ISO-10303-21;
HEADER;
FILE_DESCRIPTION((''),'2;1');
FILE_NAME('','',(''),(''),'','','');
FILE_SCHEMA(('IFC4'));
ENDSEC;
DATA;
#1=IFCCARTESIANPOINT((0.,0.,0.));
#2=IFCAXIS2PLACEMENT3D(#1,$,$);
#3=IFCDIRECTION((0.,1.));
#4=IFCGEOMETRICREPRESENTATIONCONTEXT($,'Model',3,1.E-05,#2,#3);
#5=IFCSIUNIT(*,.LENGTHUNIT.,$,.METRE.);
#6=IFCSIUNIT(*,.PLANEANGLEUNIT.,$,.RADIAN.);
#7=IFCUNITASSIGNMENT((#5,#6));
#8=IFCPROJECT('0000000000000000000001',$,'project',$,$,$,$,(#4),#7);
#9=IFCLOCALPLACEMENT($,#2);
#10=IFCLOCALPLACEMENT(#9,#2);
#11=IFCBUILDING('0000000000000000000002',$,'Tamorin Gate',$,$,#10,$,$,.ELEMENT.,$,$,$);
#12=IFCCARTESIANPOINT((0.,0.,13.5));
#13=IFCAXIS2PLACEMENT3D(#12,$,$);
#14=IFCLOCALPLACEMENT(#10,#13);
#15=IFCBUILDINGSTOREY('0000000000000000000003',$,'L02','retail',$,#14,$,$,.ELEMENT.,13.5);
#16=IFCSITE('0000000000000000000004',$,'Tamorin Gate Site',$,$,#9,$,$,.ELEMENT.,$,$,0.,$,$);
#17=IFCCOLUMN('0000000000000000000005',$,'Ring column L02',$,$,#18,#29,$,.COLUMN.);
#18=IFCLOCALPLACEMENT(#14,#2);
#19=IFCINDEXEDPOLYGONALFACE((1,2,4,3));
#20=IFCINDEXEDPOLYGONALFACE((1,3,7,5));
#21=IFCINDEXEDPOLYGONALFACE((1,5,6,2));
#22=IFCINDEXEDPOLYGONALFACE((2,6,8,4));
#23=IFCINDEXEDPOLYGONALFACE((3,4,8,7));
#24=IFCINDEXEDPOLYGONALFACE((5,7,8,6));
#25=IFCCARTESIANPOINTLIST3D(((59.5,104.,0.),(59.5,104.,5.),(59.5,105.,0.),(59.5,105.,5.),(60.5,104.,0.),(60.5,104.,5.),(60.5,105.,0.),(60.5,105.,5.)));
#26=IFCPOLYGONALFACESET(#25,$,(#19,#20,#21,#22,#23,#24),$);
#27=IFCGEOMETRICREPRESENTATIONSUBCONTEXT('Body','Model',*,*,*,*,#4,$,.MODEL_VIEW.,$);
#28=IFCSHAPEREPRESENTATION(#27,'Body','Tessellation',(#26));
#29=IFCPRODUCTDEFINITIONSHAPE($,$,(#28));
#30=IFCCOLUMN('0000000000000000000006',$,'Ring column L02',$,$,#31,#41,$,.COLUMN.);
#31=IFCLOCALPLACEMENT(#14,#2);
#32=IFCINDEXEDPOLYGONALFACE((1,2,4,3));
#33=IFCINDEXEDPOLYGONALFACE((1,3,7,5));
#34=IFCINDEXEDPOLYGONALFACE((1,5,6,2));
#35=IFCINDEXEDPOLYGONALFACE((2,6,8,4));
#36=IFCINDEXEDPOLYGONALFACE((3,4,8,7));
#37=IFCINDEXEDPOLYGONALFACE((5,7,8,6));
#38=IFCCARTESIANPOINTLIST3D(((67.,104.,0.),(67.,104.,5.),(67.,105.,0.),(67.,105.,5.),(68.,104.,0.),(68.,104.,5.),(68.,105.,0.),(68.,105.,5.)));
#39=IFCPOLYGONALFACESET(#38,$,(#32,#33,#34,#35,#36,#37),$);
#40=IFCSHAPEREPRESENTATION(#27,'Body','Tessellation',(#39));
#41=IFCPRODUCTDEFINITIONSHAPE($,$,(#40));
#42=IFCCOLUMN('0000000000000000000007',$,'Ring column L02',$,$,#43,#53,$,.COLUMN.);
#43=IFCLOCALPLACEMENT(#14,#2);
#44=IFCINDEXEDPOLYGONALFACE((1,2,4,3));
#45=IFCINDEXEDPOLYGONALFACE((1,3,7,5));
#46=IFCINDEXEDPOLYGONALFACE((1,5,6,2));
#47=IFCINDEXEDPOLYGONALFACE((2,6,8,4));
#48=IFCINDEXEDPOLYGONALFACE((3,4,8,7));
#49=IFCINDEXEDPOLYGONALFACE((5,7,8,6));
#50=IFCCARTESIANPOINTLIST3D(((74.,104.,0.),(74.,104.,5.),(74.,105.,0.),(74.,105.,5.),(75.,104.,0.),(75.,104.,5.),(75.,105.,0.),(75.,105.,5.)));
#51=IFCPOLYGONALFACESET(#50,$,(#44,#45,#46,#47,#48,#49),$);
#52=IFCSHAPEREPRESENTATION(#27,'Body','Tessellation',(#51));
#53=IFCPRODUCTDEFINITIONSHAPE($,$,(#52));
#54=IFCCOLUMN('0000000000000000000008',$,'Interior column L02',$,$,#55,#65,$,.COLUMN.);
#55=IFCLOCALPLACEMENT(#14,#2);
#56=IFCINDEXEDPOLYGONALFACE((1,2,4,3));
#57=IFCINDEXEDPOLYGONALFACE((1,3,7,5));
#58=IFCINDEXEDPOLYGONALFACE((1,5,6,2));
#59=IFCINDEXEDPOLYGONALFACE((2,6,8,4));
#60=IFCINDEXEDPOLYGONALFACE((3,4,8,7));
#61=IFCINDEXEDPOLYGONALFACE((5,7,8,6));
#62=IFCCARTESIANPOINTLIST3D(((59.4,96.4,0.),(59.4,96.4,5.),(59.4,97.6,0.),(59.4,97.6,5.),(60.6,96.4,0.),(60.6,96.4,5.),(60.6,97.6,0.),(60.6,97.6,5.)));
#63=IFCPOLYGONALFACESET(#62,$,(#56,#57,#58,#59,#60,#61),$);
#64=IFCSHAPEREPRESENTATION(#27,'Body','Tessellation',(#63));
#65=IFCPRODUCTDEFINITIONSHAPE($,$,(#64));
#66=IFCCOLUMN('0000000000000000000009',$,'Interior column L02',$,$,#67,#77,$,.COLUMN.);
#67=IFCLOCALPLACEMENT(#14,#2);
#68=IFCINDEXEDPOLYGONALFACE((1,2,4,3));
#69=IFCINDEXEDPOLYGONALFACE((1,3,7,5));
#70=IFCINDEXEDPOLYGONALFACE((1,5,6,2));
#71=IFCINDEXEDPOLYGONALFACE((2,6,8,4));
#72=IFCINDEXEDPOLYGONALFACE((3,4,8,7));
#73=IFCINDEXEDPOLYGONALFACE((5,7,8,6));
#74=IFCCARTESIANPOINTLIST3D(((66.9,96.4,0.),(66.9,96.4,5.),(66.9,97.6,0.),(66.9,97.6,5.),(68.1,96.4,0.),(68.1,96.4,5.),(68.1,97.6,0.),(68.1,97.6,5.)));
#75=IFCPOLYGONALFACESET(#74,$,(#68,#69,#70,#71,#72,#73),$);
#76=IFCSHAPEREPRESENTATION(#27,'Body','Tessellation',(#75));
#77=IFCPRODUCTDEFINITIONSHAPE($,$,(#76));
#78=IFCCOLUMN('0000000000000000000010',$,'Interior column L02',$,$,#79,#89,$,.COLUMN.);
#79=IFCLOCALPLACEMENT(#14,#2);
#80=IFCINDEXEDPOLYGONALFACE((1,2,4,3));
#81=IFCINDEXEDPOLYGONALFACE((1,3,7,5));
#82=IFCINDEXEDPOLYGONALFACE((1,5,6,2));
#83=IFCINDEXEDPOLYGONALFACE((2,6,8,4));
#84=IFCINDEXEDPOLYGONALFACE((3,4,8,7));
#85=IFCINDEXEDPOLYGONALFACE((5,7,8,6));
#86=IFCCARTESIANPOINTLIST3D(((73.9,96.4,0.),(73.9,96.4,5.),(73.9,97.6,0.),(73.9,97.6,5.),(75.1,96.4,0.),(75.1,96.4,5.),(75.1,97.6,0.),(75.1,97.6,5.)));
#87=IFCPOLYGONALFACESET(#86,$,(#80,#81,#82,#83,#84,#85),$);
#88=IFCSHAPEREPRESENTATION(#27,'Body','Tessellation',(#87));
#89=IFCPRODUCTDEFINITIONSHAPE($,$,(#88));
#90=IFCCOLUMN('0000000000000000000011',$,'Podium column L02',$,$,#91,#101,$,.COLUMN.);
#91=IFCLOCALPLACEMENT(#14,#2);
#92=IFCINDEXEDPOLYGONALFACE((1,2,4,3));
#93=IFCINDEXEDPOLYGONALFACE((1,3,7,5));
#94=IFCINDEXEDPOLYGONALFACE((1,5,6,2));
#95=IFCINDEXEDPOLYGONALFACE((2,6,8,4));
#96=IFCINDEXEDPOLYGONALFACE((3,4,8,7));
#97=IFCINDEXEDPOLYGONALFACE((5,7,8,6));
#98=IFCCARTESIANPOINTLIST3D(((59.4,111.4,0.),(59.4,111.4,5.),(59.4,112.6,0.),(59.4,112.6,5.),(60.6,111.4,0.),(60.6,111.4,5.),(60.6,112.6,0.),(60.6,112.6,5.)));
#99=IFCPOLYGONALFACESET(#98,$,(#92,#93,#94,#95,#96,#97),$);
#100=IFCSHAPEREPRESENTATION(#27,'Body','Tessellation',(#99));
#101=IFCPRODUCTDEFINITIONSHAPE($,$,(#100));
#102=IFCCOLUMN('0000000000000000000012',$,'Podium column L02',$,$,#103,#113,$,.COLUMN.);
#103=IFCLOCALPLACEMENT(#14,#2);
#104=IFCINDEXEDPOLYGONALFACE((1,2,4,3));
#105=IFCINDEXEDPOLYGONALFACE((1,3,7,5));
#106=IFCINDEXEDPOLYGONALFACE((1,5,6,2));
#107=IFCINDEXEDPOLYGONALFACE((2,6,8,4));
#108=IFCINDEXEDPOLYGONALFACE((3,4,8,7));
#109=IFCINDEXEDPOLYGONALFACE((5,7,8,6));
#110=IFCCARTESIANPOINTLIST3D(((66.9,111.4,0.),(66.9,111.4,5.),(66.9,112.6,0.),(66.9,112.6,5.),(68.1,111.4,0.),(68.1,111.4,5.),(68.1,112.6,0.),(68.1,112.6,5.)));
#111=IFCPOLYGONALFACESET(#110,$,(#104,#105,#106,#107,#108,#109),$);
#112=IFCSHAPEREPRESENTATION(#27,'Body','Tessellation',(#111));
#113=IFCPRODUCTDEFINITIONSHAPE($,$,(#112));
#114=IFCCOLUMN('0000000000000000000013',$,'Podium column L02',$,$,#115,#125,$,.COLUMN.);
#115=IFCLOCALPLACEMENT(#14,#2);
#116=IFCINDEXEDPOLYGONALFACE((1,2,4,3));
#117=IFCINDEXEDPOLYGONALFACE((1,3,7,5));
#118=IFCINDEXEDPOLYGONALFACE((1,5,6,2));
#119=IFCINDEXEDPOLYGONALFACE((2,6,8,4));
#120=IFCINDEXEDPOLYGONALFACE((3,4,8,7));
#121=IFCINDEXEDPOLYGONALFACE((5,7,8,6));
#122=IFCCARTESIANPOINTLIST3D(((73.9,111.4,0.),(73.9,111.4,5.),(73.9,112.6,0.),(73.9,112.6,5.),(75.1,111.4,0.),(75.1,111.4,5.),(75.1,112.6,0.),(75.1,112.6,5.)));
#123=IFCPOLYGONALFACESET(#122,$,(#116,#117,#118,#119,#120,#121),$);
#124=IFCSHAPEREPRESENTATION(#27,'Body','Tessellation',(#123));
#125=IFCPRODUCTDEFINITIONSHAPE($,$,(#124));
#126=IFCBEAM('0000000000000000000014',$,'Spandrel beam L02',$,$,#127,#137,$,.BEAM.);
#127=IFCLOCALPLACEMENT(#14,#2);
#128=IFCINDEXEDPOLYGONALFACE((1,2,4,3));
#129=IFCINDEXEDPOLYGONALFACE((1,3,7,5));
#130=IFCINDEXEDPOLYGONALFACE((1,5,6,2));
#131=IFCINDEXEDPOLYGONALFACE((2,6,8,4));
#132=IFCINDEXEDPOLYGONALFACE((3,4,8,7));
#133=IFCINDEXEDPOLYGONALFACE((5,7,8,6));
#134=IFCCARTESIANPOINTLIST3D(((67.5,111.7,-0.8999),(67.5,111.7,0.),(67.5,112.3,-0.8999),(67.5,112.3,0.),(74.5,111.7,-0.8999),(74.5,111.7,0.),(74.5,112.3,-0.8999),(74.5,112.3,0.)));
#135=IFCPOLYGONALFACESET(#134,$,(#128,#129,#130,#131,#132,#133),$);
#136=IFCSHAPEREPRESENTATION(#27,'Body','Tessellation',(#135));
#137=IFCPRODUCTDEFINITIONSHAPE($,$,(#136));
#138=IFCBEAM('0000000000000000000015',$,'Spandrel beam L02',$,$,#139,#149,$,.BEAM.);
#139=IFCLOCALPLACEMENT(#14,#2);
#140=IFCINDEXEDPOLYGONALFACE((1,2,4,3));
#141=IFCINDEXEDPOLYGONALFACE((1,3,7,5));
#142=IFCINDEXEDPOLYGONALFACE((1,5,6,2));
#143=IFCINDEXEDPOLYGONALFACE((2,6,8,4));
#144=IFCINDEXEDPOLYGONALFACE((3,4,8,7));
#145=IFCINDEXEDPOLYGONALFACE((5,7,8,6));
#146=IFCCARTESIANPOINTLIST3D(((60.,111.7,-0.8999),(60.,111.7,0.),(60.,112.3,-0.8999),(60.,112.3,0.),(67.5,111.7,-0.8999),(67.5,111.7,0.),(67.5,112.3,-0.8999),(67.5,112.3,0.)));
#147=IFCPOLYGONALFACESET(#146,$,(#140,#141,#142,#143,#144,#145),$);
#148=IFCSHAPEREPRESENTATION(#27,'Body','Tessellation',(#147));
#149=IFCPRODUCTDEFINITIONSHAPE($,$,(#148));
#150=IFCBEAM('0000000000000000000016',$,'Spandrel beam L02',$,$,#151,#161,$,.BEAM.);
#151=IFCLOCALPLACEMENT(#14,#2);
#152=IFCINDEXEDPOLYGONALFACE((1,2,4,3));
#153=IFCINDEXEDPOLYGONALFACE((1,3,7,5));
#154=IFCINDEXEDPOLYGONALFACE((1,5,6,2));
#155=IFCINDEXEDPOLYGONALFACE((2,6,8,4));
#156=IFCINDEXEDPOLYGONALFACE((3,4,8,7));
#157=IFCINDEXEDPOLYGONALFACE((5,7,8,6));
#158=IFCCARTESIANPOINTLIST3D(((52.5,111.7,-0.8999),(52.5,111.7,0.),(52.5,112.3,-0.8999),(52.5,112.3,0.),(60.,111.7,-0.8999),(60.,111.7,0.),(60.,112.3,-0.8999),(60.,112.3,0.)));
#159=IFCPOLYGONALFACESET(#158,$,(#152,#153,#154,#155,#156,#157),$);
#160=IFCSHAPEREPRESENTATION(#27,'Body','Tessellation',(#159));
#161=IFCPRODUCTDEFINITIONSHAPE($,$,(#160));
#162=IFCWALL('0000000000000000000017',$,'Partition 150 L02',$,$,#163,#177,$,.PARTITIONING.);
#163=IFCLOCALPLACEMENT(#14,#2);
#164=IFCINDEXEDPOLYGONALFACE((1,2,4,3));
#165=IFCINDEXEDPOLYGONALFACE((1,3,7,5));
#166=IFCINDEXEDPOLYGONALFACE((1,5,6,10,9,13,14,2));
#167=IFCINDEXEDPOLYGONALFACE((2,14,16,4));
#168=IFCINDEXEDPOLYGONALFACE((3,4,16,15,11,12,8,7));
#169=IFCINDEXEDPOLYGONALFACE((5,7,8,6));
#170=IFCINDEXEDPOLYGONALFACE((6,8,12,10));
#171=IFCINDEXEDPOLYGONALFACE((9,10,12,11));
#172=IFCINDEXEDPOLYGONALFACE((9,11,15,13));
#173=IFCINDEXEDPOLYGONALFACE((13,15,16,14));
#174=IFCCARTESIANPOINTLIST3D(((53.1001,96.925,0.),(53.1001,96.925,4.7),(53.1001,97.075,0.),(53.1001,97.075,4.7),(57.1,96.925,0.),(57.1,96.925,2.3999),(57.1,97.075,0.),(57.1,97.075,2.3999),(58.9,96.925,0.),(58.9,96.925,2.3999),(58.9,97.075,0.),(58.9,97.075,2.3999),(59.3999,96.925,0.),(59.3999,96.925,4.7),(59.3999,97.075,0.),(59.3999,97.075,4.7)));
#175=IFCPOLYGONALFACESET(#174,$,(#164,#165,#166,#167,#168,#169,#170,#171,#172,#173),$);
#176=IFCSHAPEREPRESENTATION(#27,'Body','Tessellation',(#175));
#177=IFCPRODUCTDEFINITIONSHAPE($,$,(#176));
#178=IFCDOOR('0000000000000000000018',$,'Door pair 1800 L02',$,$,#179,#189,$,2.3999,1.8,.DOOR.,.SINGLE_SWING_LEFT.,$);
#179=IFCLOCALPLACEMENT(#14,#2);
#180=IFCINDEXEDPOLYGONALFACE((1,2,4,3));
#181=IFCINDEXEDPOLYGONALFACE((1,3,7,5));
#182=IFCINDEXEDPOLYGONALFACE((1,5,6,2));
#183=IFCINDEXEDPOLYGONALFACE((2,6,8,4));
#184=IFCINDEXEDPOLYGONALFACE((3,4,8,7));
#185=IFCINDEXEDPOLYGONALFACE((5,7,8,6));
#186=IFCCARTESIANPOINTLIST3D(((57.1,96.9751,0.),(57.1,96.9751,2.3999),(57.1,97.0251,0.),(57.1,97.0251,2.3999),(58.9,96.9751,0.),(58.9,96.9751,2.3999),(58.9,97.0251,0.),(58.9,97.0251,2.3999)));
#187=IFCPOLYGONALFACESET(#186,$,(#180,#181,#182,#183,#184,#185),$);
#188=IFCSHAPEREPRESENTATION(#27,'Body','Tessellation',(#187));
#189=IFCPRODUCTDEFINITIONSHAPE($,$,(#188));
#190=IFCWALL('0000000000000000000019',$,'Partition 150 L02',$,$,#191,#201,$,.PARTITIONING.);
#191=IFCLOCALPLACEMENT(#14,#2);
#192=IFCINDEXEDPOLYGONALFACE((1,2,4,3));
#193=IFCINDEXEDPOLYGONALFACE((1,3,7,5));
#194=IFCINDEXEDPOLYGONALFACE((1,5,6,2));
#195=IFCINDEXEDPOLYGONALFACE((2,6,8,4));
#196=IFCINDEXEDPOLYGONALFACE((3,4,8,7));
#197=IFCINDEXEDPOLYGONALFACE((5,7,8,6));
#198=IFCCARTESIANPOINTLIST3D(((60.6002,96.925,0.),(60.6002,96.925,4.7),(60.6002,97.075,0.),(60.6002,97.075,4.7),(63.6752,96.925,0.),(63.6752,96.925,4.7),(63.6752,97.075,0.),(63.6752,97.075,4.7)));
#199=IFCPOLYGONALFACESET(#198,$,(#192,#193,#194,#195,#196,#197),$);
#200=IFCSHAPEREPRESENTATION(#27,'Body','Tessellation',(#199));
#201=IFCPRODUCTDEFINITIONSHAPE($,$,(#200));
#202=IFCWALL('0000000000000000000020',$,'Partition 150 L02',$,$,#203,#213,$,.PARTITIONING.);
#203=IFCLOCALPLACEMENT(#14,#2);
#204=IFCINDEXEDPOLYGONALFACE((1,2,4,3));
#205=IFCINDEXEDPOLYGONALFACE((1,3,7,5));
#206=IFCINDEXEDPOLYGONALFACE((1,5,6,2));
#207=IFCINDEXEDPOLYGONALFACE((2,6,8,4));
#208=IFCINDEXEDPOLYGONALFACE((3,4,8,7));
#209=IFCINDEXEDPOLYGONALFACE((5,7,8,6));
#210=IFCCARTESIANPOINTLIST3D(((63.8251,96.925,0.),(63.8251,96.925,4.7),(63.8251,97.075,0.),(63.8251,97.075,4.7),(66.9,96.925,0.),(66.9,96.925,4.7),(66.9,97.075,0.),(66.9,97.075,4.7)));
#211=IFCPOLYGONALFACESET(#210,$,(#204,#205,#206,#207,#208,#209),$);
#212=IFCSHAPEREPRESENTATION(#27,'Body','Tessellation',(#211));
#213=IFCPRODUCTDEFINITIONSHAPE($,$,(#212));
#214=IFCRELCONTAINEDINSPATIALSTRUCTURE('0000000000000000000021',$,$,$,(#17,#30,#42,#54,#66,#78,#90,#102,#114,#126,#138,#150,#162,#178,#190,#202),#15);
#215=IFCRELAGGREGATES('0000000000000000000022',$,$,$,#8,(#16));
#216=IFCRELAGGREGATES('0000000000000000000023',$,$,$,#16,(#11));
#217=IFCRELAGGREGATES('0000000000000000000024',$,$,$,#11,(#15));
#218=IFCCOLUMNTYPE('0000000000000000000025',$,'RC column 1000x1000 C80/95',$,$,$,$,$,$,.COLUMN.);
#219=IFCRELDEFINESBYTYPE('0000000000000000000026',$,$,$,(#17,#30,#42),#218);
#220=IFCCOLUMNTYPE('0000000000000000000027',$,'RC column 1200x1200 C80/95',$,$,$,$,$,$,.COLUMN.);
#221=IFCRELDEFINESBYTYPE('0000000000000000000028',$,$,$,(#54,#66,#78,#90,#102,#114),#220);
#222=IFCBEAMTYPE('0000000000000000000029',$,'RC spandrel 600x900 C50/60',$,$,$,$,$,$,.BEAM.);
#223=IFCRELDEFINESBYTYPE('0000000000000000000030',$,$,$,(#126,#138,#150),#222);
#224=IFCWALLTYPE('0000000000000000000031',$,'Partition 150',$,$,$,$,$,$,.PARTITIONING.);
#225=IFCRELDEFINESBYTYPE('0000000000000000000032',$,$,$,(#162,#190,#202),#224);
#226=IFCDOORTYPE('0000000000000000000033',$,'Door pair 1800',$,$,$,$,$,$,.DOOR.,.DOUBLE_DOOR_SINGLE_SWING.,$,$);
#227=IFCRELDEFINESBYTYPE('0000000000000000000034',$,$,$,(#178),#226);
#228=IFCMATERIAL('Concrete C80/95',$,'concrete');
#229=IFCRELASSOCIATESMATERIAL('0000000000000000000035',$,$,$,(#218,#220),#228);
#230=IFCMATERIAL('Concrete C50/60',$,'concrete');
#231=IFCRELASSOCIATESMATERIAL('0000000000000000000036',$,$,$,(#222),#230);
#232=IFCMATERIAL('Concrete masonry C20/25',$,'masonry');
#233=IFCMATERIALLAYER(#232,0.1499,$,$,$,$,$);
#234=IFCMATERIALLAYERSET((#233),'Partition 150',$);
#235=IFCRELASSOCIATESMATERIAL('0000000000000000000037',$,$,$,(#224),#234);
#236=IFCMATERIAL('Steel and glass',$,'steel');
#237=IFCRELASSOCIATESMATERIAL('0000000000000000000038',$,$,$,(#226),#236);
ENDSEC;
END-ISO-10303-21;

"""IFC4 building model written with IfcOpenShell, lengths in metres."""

from ifc_helpers import new_model, si_unit, direction, frame, frame_2d, origin, origin_2d, place, context, subcontext, project, spatial, rectangle, extrude, material, layer, layer_set, material_profile, profile_set, type_object, element, fill, save


model = new_model("IFC4")

# Units and contexts
model_context = context("Model", 3, precision=1e-05, world=origin(), true_north=direction((0.0, 1.0)))
body_context = subcontext(model_context, "Body", "Model", "MODEL_VIEW")
ifc_project = project(units=[si_unit("LENGTHUNIT", "METRE"), si_unit("PLANEANGLEUNIT", "RADIAN")], contexts=[model_context])

# Site, building, storey
site_placement = place(None, origin())
site = spatial("IfcSite", under=ifc_project, at=site_placement, Name="Tamorin Gate Site", CompositionType="ELEMENT", RefElevation=0.0)
building_placement = place(site_placement, origin())
building = spatial("IfcBuilding", under=site, at=building_placement, Name="Tamorin Gate", CompositionType="ELEMENT")
storey_placement = place(building_placement, frame((0.0, 0.0, 13.5)))
storey = spatial("IfcBuildingStorey", under=building, at=storey_placement, Name="L02", Description="retail", CompositionType="ELEMENT", Elevation=13.5)

# Columns
ifc_material_1 = material(Name="Concrete C80/95", Category="concrete")
ifc_material_profile_1 = material_profile(ifc_material_1, rectangle(XDim=1.0, YDim=1.0, at=origin_2d()), Name="RC 1000x1000")
ifc_profile_set_1 = profile_set([ifc_material_profile_1], Name="Concrete C80/95")
column_type_1 = type_object("IfcColumnType", Name="RC column 1000x1000 C80/95", PredefinedType="COLUMN", material=ifc_profile_set_1)
for number, where, z_axis, x_axis, name in (
    (1, (60.0, 104.5, 0.0), (0.0, 0.0, 1.0), (1.0, 0.0, 0.0), "Ring column L02"),
    (2, (67.5, 104.5, 0.0), (0.0, 0.0, 1.0), (1.0, 0.0, 0.0), "Ring column L02"),
    (3, (74.5, 104.5, 0.0), (0.0, 0.0, 1.0), (1.0, 0.0, 0.0), "Ring column L02"),
):
    element("IfcColumn", number, at=place(storey_placement, frame(where, z_axis=z_axis, x_axis=x_axis)), inside=storey, type_object=column_type_1, Name=name, PredefinedType="COLUMN", context=body_context, shape_type="SweptSolid", body=[
        extrude(rectangle(XDim=1.0, YDim=1.0, at=origin_2d()), origin(), (0.0, 0.0, 1.0), 5.0),
    ])
ifc_material_profile_2 = material_profile(ifc_material_1, rectangle(XDim=1.2, YDim=1.2, at=origin_2d()), Name="RC 1200x1200")
ifc_profile_set_2 = profile_set([ifc_material_profile_2], Name="Concrete C80/95")
column_type_2 = type_object("IfcColumnType", Name="RC column 1200x1200 C80/95", PredefinedType="COLUMN", material=ifc_profile_set_2)
for number, where, z_axis, x_axis, name in (
    (4, (60.0, 97.0, 0.0), (0.0, 0.0, 1.0), (1.0, 0.0, 0.0), "Interior column L02"),
    (5, (67.5, 97.0, 0.0), (0.0, 0.0, 1.0), (1.0, 0.0, 0.0), "Interior column L02"),
    (6, (74.5, 97.0, 0.0), (0.0, 0.0, 1.0), (1.0, 0.0, 0.0), "Interior column L02"),
    (7, (60.0, 112.0, 0.0), (0.0, 0.0, 1.0), (1.0, 0.0, 0.0), "Podium column L02"),
    (8, (67.5, 112.0, 0.0), (0.0, 0.0, 1.0), (1.0, 0.0, 0.0), "Podium column L02"),
    (9, (74.5, 112.0, 0.0), (0.0, 0.0, 1.0), (1.0, 0.0, 0.0), "Podium column L02"),
):
    element("IfcColumn", number, at=place(storey_placement, frame(where, z_axis=z_axis, x_axis=x_axis)), inside=storey, type_object=column_type_2, Name=name, PredefinedType="COLUMN", context=body_context, shape_type="SweptSolid", body=[
        extrude(rectangle(XDim=1.2, YDim=1.2, at=origin_2d()), origin(), (0.0, 0.0, 1.0), 5.0),
    ])

# Beams
ifc_material_2 = material(Name="Concrete C50/60", Category="concrete")
ifc_material_profile_3 = material_profile(ifc_material_2, rectangle(XDim=0.6001, YDim=0.8999, at=origin_2d()), Name="RC 600x900")
ifc_profile_set_3 = profile_set([ifc_material_profile_3], Name="Concrete C50/60")
beam_type = type_object("IfcBeamType", Name="RC spandrel 600x900 C50/60", PredefinedType="BEAM", material=ifc_profile_set_3)
beam_placement = place(storey_placement, frame((74.5, 112.0, -0.45), z_axis=(-1.0, 0.0, 0.0), x_axis=(0.0, -1.0, 0.0)))
element("IfcBeam", 10, at=beam_placement, inside=storey, type_object=beam_type, Name="Spandrel beam L02", PredefinedType="BEAM", context=body_context, shape_type="SweptSolid", body=[
    extrude(rectangle(XDim=0.6001, YDim=0.8999, at=origin_2d()), origin(), (0.0, 0.0, 1.0), 7.0),
])
for number, where, z_axis, x_axis, name in (
    (11, (67.5, 112.0, -0.45), (-1.0, 0.0, 0.0), (0.0, -1.0, 0.0), "Spandrel beam L02"),
    (12, (60.0, 112.0, -0.45), (-1.0, 0.0, 0.0), (0.0, -1.0, 0.0), "Spandrel beam L02"),
):
    element("IfcBeam", number, at=place(storey_placement, frame(where, z_axis=z_axis, x_axis=x_axis)), inside=storey, type_object=beam_type, Name=name, PredefinedType="BEAM", context=body_context, shape_type="SweptSolid", body=[
        extrude(rectangle(XDim=0.6001, YDim=0.8999, at=origin_2d()), origin(), (0.0, 0.0, 1.0), 7.5),
    ])

# Wall, opening, door
ifc_material_3 = material(Name="Concrete masonry C20/25", Category="masonry")
ifc_layer_1 = layer(ifc_material_3, 0.1499)
ifc_layer_set_1 = layer_set([ifc_layer_1], Name="Partition 150")
wall_type_1 = type_object("IfcWallType", Name="Partition 150", PredefinedType="PARTITIONING", material=ifc_layer_set_1)
wall_1_placement = place(storey_placement, frame((59.3999, 97.0, 0.0), z_axis=(0.0, 0.0, 1.0), x_axis=(-1.0, 0.0, 0.0)))
wall_1 = element("IfcWall", 13, at=wall_1_placement, inside=storey, type_object=wall_type_1, Name="Partition 150 L02", PredefinedType="PARTITIONING", context=body_context, shape_type="SweptSolid", body=[
    extrude(rectangle(XDim=6.2998, YDim=0.1499, at=frame_2d((3.1499, 0.0))), origin(), (0.0, 0.0, 1.0), 4.7),
])
opening_1_placement = place(wall_1_placement, frame((0.5, 0.0, 0.0)))
opening_1 = element("IfcOpeningElement", 14, at=opening_1_placement, cuts=wall_1, PredefinedType="OPENING", context=body_context, shape_type="SweptSolid", body=[
    extrude(rectangle(XDim=1.8, YDim=2.3999, at=frame_2d((0.8999, 1.2))), frame((0.0, 0.085, 0.0), z_axis=(0.0, -1.0, 0.0), x_axis=(1.0, 0.0, 0.0)), (0.0, 0.0, 1.0), 0.1699),
])
ifc_material_4 = material(Name="Steel and glass", Category="steel")
door_type = type_object("IfcDoorType", Name="Door pair 1800", OperationType="DOUBLE_DOOR_SINGLE_SWING", PredefinedType="DOOR", material=ifc_material_4)
door_1_placement = place(opening_1_placement, origin())
door_1 = element("IfcDoor", 15, at=door_1_placement, inside=storey, type_object=door_type, Name="Door pair 1800 L02", OperationType="SINGLE_SWING_LEFT", OverallHeight=2.3999, OverallWidth=1.8, PredefinedType="DOOR", context=body_context, shape_type="SweptSolid", body=[
    extrude(rectangle(XDim=1.8, YDim=2.3999, at=frame_2d((0.8999, 1.2))), frame((0.0, 0.0249, 0.0), z_axis=(0.0, -1.0, 0.0), x_axis=(1.0, 0.0, 0.0)), (0.0, 0.0, 1.0), 0.05),
])
fill(opening_1, door_1)

# Walls
for number, where, z_axis, x_axis, name in (
    (16, (60.6001, 97.0, 0.0), (0.0, 0.0, 1.0), (1.0, 0.0, 0.0), "Partition 150 L02"),
    (17, (63.825, 97.0, 0.0), (0.0, 0.0, 1.0), (1.0, 0.0, 0.0), "Partition 150 L02"),
):
    element("IfcWall", number, at=place(storey_placement, frame(where, z_axis=z_axis, x_axis=x_axis)), inside=storey, type_object=wall_type_1, Name=name, PredefinedType="PARTITIONING", context=body_context, shape_type="SweptSolid", body=[
        extrude(rectangle(XDim=3.075, YDim=0.1499, at=frame_2d((1.5376, 0.0))), origin(), (0.0, 0.0, 1.0), 4.7),
    ])

save(model, "model.ifc")
